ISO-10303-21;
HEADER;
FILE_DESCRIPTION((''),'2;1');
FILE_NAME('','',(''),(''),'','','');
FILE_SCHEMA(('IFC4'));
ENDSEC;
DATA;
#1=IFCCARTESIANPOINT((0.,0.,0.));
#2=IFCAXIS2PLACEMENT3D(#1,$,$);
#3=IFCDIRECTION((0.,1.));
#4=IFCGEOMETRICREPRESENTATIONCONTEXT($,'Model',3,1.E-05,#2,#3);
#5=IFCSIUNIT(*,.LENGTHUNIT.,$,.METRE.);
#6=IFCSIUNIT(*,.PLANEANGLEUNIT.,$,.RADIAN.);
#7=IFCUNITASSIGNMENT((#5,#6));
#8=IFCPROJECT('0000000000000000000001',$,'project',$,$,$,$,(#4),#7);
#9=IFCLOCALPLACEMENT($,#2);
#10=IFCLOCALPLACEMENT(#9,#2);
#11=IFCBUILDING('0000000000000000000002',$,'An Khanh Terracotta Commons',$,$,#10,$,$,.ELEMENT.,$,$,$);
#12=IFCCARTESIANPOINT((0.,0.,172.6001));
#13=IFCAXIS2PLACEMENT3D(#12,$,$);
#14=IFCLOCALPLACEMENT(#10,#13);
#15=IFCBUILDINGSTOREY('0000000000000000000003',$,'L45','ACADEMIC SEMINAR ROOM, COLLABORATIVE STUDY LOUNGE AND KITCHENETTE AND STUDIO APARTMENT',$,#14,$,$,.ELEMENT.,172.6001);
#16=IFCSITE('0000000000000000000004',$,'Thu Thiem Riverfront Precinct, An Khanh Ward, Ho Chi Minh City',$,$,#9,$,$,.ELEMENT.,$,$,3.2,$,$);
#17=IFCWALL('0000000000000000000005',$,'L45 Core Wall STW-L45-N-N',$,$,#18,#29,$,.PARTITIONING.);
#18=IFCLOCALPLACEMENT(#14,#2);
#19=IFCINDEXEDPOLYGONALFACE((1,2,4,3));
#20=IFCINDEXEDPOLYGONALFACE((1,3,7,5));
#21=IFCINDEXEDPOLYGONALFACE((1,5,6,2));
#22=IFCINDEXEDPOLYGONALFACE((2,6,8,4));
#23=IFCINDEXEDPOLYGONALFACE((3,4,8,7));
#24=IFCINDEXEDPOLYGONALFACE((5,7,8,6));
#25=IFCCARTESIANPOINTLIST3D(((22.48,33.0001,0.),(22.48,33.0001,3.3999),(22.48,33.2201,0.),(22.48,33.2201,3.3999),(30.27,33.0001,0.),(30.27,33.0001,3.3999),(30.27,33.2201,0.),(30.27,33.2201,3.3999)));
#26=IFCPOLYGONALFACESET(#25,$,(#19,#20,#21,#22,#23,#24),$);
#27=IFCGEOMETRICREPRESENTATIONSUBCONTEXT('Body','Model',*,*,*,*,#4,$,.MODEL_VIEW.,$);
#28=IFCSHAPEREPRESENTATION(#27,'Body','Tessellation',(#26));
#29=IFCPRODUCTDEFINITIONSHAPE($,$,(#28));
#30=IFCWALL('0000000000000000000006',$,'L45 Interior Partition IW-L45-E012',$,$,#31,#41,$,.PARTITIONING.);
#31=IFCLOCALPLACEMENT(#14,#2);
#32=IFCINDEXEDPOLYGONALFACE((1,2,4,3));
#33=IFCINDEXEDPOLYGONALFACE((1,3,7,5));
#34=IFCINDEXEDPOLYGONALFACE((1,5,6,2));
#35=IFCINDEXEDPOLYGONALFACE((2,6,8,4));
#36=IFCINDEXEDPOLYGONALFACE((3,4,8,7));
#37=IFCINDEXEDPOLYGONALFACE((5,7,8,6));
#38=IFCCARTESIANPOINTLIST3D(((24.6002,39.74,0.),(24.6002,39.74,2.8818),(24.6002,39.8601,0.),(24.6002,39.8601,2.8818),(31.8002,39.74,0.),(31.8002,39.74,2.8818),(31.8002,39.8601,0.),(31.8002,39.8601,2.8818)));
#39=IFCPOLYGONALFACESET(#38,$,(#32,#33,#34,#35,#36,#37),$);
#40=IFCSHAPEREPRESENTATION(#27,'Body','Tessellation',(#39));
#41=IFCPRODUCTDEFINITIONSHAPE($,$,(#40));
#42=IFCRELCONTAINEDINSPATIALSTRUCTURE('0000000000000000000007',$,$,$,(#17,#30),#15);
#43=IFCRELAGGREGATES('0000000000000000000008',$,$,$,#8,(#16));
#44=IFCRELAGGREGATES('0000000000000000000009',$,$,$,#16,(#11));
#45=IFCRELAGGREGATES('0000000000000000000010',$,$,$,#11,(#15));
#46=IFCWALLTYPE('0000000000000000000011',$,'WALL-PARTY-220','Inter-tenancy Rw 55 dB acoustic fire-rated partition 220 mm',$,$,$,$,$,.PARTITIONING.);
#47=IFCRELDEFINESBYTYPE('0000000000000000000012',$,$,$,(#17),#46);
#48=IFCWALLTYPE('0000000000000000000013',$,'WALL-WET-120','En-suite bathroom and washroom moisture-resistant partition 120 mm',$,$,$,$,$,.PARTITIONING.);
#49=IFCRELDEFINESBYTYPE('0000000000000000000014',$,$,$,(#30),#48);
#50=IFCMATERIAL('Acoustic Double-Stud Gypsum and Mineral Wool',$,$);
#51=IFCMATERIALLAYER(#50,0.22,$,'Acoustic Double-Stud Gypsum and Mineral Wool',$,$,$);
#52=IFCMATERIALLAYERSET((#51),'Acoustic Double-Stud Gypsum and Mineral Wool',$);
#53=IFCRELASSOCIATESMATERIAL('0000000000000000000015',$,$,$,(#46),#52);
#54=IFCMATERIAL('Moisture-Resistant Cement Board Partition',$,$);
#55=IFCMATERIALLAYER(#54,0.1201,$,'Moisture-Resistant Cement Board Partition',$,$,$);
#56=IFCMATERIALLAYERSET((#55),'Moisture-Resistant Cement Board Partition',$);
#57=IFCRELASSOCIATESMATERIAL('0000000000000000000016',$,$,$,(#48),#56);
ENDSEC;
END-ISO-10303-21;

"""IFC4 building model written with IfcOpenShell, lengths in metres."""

from ifc_helpers import new_model, si_unit, direction, frame, frame_2d, origin, place, context, subcontext, project, spatial, rectangle, extrude, material, layer, layer_set, type_object, element, save


model = new_model("IFC4")

# Units and contexts
model_context = context("Model", 3, precision=1e-05, world=origin(), true_north=direction((0.0, 1.0)))
body_context = subcontext(model_context, "Body", "Model", "MODEL_VIEW")
ifc_project = project(units=[si_unit("LENGTHUNIT", "METRE"), si_unit("PLANEANGLEUNIT", "RADIAN")], contexts=[model_context])

# Site, building, storey
site_placement = place(None, origin())
site = spatial("IfcSite", under=ifc_project, at=site_placement, Name="Thu Thiem Riverfront Precinct, An Khanh Ward, Ho Chi Minh City", CompositionType="ELEMENT", RefElevation=3.2)
building_placement = place(site_placement, origin())
building = spatial("IfcBuilding", under=site, at=building_placement, Name="An Khanh Terracotta Commons", CompositionType="ELEMENT")
storey_placement = place(building_placement, frame((0.0, 0.0, 172.6001)))
storey = spatial("IfcBuildingStorey", under=building, at=storey_placement, Name="L45", Description="ACADEMIC SEMINAR ROOM, COLLABORATIVE STUDY LOUNGE AND KITCHENETTE AND STUDIO APARTMENT", CompositionType="ELEMENT", Elevation=172.6001)

# Walls
ifc_material_1 = material(Name="Acoustic Double-Stud Gypsum and Mineral Wool")
ifc_layer_1 = layer(ifc_material_1, 0.22, Name="Acoustic Double-Stud Gypsum and Mineral Wool")
ifc_layer_set_1 = layer_set([ifc_layer_1], Name="Acoustic Double-Stud Gypsum and Mineral Wool")
wall_type_1 = type_object("IfcWallType", Name="WALL-PARTY-220", Description="Inter-tenancy Rw 55 dB acoustic fire-rated partition 220 mm", PredefinedType="PARTITIONING", material=ifc_layer_set_1)
wall_1_placement = place(storey_placement, frame((22.48, 33.1101, 0.0), z_axis=(0.0, 0.0, 1.0), x_axis=(1.0, 0.0, 0.0)))
element("IfcWall", 1, at=wall_1_placement, inside=storey, type_object=wall_type_1, Name="L45 Core Wall STW-L45-N-N", PredefinedType="PARTITIONING", context=body_context, shape_type="SweptSolid", body=[
    extrude(rectangle(XDim=7.79, YDim=0.22, at=frame_2d((3.895, 0.0))), origin(), (0.0, 0.0, 1.0), 3.3999),
])
ifc_material_2 = material(Name="Moisture-Resistant Cement Board Partition")
ifc_layer_2 = layer(ifc_material_2, 0.1201, Name="Moisture-Resistant Cement Board Partition")
ifc_layer_set_2 = layer_set([ifc_layer_2], Name="Moisture-Resistant Cement Board Partition")
wall_type_2 = type_object("IfcWallType", Name="WALL-WET-120", Description="En-suite bathroom and washroom moisture-resistant partition 120 mm", PredefinedType="PARTITIONING", material=ifc_layer_set_2)
wall_2_placement = place(storey_placement, frame((24.6001, 39.8, 0.0), z_axis=(0.0, 0.0, 1.0), x_axis=(1.0, 0.0, 0.0)))
element("IfcWall", 2, at=wall_2_placement, inside=storey, type_object=wall_type_2, Name="L45 Interior Partition IW-L45-E012", PredefinedType="PARTITIONING", context=body_context, shape_type="SweptSolid", body=[
    extrude(rectangle(XDim=7.2, YDim=0.1201, at=frame_2d((3.6001, 0.0))), origin(), (0.0, 0.0, 1.0), 2.8818),
])

save(model, "model.ifc")
